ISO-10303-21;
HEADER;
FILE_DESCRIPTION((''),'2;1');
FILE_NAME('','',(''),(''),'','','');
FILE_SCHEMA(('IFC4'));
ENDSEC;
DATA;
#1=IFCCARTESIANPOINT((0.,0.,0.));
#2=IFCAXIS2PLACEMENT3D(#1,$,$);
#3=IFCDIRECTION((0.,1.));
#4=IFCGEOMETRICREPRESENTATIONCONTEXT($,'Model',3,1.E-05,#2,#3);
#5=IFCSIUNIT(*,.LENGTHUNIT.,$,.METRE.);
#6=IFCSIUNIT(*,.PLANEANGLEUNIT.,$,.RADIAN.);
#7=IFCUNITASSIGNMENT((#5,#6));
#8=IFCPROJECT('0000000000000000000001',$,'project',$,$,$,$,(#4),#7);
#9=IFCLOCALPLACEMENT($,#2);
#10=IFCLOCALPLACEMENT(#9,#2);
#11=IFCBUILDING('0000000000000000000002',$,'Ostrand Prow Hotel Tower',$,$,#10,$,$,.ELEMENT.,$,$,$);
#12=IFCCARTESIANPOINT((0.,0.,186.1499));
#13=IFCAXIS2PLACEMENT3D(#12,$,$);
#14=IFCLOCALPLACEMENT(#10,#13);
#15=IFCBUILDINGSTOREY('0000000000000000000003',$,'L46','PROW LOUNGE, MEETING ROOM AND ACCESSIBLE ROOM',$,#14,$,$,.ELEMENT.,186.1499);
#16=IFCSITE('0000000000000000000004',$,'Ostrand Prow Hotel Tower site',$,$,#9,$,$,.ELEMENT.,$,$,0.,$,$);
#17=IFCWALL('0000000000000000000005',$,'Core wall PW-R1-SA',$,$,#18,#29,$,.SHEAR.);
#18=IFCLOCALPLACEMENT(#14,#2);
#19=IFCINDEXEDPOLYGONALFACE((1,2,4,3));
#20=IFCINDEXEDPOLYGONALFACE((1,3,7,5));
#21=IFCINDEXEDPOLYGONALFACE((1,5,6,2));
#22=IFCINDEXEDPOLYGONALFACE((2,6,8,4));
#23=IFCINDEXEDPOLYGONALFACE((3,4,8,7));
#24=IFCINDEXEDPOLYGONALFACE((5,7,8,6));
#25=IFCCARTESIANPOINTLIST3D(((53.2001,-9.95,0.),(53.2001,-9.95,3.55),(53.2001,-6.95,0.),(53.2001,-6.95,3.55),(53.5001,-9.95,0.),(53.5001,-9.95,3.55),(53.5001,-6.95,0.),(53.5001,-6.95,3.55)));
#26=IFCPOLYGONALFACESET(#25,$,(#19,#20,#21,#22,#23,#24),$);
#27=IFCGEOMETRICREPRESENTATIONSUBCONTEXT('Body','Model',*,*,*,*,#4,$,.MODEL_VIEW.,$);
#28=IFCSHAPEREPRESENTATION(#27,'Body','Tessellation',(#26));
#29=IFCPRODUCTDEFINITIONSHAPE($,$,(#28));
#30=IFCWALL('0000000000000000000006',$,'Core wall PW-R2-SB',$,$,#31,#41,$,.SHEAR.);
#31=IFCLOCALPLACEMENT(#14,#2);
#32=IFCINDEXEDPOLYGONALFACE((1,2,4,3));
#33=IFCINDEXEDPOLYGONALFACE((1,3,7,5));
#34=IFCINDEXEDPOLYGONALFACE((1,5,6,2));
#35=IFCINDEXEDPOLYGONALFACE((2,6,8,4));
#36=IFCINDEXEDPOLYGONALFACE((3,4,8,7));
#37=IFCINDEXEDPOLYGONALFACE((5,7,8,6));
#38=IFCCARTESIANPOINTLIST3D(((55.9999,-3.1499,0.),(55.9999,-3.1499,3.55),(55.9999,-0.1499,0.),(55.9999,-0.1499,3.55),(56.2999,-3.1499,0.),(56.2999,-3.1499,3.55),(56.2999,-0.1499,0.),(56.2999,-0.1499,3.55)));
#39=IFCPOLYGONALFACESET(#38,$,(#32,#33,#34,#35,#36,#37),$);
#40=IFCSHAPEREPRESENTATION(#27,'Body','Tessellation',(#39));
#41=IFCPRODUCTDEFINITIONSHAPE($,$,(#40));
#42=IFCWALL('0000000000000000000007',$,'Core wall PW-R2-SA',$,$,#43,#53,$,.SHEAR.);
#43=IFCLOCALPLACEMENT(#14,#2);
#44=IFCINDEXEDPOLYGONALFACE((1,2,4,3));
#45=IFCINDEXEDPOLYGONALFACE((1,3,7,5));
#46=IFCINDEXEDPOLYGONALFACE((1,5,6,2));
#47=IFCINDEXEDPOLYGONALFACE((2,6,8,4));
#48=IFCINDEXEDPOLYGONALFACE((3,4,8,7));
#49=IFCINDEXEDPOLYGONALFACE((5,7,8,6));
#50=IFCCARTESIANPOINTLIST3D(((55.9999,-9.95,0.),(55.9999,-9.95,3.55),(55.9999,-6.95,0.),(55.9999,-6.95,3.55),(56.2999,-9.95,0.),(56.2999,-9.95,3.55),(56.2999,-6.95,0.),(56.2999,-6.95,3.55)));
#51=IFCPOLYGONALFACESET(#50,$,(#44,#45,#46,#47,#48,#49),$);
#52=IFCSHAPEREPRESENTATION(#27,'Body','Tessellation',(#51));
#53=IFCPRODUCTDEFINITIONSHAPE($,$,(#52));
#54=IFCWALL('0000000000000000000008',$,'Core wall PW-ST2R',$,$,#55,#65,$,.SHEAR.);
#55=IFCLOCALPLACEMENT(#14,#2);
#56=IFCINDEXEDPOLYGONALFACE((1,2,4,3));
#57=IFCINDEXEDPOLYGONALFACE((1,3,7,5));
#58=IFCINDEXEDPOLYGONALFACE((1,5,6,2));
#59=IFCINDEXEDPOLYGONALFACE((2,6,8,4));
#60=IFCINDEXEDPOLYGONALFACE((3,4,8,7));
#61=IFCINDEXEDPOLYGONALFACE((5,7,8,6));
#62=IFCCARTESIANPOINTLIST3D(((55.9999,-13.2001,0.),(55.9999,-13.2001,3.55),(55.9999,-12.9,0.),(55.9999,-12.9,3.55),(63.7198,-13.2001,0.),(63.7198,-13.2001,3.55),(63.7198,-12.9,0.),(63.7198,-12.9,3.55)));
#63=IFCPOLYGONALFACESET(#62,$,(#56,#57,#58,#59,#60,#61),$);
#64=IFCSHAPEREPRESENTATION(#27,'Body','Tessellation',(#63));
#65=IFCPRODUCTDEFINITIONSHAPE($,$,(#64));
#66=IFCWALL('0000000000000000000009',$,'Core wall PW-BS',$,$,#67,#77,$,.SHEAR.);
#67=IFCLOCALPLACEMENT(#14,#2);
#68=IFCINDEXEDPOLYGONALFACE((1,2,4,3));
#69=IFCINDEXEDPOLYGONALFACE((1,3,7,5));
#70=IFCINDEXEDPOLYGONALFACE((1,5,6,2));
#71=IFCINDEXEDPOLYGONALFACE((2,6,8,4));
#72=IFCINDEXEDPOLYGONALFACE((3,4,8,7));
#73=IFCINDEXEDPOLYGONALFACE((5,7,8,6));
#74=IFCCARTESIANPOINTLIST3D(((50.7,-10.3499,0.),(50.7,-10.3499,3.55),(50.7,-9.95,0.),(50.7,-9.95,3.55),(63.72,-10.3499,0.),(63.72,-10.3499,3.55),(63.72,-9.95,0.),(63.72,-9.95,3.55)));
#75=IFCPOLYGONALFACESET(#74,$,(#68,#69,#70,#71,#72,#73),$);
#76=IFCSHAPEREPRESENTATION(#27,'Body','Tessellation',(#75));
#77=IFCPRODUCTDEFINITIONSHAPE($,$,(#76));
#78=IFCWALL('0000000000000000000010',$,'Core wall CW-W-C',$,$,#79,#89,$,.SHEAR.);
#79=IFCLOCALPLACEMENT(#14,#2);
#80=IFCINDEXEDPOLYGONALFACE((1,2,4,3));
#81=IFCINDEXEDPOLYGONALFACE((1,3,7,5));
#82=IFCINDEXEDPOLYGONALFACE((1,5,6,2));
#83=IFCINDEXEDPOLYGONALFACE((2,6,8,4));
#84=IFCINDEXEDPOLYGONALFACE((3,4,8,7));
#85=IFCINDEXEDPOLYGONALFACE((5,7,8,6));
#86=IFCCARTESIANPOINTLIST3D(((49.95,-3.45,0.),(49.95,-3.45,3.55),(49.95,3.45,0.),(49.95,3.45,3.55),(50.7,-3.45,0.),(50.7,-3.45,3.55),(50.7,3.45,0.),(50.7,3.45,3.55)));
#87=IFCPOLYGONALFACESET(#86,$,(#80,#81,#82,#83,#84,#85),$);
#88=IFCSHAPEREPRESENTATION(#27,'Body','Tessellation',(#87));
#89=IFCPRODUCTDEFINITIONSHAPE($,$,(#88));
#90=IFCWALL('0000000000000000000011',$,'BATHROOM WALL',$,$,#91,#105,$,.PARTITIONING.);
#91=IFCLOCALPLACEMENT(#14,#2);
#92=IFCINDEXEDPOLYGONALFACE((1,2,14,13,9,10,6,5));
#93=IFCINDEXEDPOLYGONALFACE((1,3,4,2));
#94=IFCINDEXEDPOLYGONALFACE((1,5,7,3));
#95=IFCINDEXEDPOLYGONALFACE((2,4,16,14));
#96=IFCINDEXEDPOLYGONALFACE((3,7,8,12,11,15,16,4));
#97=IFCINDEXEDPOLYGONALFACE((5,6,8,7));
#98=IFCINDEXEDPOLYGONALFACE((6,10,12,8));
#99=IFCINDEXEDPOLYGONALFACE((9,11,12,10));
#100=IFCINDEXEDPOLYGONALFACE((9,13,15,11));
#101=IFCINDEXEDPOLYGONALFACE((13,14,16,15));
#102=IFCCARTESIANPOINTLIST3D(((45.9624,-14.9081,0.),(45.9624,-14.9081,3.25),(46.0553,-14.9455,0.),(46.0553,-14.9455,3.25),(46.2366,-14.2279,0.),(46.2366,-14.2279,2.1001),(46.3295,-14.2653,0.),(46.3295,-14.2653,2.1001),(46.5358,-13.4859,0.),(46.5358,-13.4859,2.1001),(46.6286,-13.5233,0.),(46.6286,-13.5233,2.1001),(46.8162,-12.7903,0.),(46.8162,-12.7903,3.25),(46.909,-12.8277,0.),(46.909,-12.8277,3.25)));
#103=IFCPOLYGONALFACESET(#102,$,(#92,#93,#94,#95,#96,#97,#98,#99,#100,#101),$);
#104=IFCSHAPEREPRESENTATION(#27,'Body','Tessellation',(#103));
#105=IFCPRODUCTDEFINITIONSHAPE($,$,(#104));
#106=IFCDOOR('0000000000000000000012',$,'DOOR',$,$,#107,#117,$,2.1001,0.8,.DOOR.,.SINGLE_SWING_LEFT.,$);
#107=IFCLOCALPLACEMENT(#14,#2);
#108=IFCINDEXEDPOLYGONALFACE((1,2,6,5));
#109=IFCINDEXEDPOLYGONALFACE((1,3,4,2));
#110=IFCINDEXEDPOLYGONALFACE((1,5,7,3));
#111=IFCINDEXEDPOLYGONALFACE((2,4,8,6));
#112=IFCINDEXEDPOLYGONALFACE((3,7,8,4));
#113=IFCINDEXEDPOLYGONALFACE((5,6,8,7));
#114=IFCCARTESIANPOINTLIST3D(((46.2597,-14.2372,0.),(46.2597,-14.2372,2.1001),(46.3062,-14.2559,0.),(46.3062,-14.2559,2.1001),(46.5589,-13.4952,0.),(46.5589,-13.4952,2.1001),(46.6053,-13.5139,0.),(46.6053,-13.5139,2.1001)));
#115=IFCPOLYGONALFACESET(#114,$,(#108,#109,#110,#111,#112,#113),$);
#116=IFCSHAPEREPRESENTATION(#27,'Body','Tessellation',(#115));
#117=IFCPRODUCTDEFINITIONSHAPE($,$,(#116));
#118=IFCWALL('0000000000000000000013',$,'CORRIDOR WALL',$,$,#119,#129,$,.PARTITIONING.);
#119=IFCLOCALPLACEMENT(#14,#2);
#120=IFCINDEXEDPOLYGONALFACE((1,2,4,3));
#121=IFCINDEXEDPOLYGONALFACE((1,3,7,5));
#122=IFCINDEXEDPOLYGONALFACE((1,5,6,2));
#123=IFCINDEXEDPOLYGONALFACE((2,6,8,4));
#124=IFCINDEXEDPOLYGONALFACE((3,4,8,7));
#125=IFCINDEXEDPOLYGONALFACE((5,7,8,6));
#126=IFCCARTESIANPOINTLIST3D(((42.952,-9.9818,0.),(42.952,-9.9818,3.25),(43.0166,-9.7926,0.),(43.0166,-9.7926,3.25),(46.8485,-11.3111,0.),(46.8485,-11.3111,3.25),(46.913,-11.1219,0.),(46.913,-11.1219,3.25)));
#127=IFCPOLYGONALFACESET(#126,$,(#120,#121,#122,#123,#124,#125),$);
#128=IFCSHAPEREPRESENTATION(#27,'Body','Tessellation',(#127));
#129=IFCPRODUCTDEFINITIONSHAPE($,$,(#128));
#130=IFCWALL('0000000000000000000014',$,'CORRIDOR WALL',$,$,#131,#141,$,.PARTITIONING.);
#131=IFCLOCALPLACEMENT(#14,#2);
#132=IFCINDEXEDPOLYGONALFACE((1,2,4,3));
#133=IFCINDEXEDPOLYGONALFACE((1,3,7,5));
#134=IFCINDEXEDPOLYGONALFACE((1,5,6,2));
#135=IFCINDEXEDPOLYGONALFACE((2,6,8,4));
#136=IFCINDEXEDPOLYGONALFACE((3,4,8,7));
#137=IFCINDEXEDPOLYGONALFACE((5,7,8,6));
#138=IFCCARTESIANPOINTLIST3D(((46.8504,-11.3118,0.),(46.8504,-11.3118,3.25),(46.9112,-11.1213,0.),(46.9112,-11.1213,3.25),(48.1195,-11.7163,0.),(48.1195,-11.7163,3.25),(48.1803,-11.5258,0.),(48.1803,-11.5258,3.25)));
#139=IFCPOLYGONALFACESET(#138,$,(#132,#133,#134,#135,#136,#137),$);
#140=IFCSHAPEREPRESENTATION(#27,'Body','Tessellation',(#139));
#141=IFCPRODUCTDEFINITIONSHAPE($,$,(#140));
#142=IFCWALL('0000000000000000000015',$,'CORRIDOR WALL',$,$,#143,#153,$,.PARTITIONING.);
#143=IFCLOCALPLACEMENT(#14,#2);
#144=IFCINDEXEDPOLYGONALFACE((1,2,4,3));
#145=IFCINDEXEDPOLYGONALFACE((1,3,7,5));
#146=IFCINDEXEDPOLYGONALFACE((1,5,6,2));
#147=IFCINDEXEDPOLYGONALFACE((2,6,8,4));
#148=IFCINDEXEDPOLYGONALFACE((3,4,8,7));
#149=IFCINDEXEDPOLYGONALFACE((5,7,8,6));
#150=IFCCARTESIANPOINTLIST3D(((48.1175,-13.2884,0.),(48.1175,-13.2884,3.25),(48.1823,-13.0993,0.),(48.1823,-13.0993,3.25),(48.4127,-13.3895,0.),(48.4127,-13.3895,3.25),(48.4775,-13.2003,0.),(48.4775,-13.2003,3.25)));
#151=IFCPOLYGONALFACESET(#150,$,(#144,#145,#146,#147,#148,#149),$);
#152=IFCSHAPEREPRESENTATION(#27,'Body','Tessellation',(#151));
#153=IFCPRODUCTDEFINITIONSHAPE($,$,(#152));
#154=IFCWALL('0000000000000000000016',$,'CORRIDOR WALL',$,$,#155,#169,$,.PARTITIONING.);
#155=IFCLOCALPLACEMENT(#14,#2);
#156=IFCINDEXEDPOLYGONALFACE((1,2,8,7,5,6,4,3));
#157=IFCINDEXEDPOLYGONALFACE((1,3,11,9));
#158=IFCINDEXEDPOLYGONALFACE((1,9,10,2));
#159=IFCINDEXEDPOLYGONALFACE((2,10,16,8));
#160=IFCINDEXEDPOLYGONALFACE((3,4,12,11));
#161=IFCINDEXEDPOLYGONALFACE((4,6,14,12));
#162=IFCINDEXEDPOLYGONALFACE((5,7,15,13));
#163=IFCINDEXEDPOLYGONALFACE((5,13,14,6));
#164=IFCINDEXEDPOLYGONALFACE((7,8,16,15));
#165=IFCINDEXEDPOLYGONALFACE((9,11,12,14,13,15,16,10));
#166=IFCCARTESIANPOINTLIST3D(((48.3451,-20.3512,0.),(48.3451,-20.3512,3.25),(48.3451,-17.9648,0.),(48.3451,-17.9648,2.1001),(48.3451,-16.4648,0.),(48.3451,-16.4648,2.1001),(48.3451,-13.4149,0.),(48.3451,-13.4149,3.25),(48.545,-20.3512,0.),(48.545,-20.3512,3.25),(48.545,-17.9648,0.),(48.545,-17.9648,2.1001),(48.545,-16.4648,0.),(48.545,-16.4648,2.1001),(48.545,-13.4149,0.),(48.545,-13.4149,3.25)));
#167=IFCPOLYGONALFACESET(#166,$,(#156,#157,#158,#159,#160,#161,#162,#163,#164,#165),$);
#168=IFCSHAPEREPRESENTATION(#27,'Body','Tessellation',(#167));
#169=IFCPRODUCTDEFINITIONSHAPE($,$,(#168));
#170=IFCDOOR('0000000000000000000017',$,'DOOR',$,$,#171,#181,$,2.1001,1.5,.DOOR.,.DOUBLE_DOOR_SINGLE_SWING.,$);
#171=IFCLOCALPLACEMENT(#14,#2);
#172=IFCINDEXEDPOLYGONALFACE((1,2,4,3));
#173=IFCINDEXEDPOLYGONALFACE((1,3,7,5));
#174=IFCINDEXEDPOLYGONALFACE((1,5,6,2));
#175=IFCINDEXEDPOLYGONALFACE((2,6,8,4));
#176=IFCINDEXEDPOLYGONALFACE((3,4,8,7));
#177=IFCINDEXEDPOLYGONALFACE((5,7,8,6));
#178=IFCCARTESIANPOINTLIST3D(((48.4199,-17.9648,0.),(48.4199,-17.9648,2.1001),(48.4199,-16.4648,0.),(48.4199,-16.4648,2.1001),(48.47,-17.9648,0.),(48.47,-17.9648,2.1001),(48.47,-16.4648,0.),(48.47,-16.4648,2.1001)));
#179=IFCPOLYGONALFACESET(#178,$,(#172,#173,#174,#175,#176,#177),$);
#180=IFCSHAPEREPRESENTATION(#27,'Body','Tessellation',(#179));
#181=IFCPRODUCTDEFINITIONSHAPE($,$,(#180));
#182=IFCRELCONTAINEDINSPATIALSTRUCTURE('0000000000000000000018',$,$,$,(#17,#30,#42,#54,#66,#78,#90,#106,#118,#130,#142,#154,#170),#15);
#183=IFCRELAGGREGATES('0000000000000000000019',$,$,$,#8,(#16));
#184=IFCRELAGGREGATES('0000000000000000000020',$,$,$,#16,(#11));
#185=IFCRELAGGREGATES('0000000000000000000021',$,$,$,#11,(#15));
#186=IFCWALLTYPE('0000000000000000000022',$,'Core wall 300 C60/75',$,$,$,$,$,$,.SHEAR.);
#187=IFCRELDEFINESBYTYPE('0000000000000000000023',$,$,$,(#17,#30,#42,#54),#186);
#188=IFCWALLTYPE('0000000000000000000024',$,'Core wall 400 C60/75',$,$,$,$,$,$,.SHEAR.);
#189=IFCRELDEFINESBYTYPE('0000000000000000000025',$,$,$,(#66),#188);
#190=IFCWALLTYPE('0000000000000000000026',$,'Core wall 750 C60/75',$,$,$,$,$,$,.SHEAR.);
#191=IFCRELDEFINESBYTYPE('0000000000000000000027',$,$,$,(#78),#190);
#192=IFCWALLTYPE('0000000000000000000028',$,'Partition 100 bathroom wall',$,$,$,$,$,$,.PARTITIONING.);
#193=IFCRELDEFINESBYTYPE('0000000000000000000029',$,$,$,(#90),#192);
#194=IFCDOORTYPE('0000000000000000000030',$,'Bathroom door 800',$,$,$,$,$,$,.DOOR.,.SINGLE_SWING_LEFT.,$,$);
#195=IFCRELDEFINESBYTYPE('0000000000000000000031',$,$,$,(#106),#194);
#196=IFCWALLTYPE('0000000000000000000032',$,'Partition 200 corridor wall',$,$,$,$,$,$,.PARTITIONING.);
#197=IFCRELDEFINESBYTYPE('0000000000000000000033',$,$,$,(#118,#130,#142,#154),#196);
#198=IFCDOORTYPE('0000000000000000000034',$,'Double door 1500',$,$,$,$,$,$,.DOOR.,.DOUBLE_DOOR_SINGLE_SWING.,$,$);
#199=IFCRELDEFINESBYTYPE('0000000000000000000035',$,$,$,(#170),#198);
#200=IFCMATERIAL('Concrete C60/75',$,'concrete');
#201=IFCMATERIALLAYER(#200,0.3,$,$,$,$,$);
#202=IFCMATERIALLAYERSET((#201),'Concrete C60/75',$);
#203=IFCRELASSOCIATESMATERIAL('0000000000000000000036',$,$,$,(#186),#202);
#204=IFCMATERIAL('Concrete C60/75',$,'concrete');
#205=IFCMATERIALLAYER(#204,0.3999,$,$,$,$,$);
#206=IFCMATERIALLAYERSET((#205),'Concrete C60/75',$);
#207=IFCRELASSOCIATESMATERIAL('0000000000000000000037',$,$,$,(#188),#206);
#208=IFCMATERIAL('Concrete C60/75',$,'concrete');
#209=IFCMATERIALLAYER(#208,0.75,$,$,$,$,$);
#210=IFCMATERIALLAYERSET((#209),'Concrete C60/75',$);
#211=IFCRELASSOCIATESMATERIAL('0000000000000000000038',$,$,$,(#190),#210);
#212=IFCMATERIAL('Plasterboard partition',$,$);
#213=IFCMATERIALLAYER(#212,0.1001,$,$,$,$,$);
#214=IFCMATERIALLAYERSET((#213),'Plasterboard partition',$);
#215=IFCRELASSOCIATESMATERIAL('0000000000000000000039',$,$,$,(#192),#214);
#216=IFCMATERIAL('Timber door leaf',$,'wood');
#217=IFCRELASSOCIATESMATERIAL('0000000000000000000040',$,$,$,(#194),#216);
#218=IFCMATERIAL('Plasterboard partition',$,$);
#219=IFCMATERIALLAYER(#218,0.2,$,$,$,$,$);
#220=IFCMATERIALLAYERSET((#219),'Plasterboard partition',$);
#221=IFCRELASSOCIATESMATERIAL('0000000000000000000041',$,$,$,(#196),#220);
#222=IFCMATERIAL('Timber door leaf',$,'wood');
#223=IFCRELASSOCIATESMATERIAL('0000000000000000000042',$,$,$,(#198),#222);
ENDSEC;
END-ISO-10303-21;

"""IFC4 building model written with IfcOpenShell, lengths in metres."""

from ifc_helpers import new_model, si_unit, direction, frame, frame_2d, origin, place, context, subcontext, project, spatial, rectangle, extrude, material, layer, layer_set, type_object, element, fill, save


model = new_model("IFC4")

# Units and contexts
model_context = context("Model", 3, precision=1e-05, world=origin(), true_north=direction((0.0, 1.0)))
body_context = subcontext(model_context, "Body", "Model", "MODEL_VIEW")
ifc_project = project(units=[si_unit("LENGTHUNIT", "METRE"), si_unit("PLANEANGLEUNIT", "RADIAN")], contexts=[model_context])

# Site, building, storey
site_placement = place(None, origin())
site = spatial("IfcSite", under=ifc_project, at=site_placement, Name="Ostrand Prow Hotel Tower site", CompositionType="ELEMENT", RefElevation=0.0)
building_placement = place(site_placement, origin())
building = spatial("IfcBuilding", under=site, at=building_placement, Name="Ostrand Prow Hotel Tower", CompositionType="ELEMENT")
storey_placement = place(building_placement, frame((0.0, 0.0, 186.1499)))
storey = spatial("IfcBuildingStorey", under=building, at=storey_placement, Name="L46", Description="PROW LOUNGE, MEETING ROOM AND ACCESSIBLE ROOM", CompositionType="ELEMENT", Elevation=186.1499)

# Shared definitions
ifc_material_1 = material(Name="Concrete C60/75", Category="concrete")
ifc_layer_1 = layer(ifc_material_1, 0.3)
ifc_layer_set_1 = layer_set([ifc_layer_1], Name="Concrete C60/75")
wall_type_1 = type_object("IfcWallType", Name="Core wall 300 C60/75", PredefinedType="SHEAR", material=ifc_layer_set_1)

# Walls
for number, where, z_axis, x_axis, name in (
    (1, (53.3501, -9.95, 0.0), (0.0, 0.0, 1.0), (0.0, 1.0, 0.0), "Core wall PW-R1-SA"),
    (2, (56.1499, -3.1499, 0.0), (0.0, 0.0, 1.0), (0.0, 1.0, 0.0), "Core wall PW-R2-SB"),
    (3, (56.1499, -9.95, 0.0), (0.0, 0.0, 1.0), (0.0, 1.0, 0.0), "Core wall PW-R2-SA"),
):
    element("IfcWall", number, at=place(storey_placement, frame(where, z_axis=z_axis, x_axis=x_axis)), inside=storey, type_object=wall_type_1, Name=name, PredefinedType="SHEAR", context=body_context, shape_type="SweptSolid", body=[
        extrude(rectangle(XDim=3.0, YDim=0.3, at=frame_2d((1.5, 0.0))), origin(), (0.0, 0.0, 1.0), 3.55),
    ])
wall_1_placement = place(storey_placement, frame((56.0, -13.05, 0.0), z_axis=(0.0, 0.0, 1.0), x_axis=(1.0, 0.0, 0.0)))
element("IfcWall", 4, at=wall_1_placement, inside=storey, type_object=wall_type_1, Name="Core wall PW-ST2R", PredefinedType="SHEAR", context=body_context, shape_type="SweptSolid", body=[
    extrude(rectangle(XDim=7.72, YDim=0.3, at=frame_2d((3.8599, 0.0))), origin(), (0.0, 0.0, 1.0), 3.55),
])
ifc_material_2 = material(Name="Concrete C60/75", Category="concrete")
ifc_layer_2 = layer(ifc_material_2, 0.3999)
ifc_layer_set_2 = layer_set([ifc_layer_2], Name="Concrete C60/75")
wall_type_2 = type_object("IfcWallType", Name="Core wall 400 C60/75", PredefinedType="SHEAR", material=ifc_layer_set_2)
wall_2_placement = place(storey_placement, frame((50.7, -10.1499, 0.0), z_axis=(0.0, 0.0, 1.0), x_axis=(1.0, 0.0, 0.0)))
element("IfcWall", 5, at=wall_2_placement, inside=storey, type_object=wall_type_2, Name="Core wall PW-BS", PredefinedType="SHEAR", context=body_context, shape_type="SweptSolid", body=[
    extrude(rectangle(XDim=13.02, YDim=0.3999, at=frame_2d((6.51, 0.0))), origin(), (0.0, 0.0, 1.0), 3.55),
])
ifc_material_3 = material(Name="Concrete C60/75", Category="concrete")
ifc_layer_3 = layer(ifc_material_3, 0.75)
ifc_layer_set_3 = layer_set([ifc_layer_3], Name="Concrete C60/75")
wall_type_3 = type_object("IfcWallType", Name="Core wall 750 C60/75", PredefinedType="SHEAR", material=ifc_layer_set_3)
wall_3_placement = place(storey_placement, frame((50.325, -3.45, 0.0), z_axis=(0.0, 0.0, 1.0), x_axis=(0.0, 1.0, 0.0)))
element("IfcWall", 6, at=wall_3_placement, inside=storey, type_object=wall_type_3, Name="Core wall CW-W-C", PredefinedType="SHEAR", context=body_context, shape_type="SweptSolid", body=[
    extrude(rectangle(XDim=6.8999, YDim=0.75, at=frame_2d((3.45, 0.0))), origin(), (0.0, 0.0, 1.0), 3.55),
])

# Wall, opening, door
ifc_material_4 = material(Name="Plasterboard partition")
ifc_layer_4 = layer(ifc_material_4, 0.1001)
ifc_layer_set_4 = layer_set([ifc_layer_4], Name="Plasterboard partition")
wall_type_4 = type_object("IfcWallType", Name="Partition 100 bathroom wall", PredefinedType="PARTITIONING", material=ifc_layer_set_4)
wall_4_placement = place(storey_placement, frame((46.8625, -12.8091, 0.0), z_axis=(0.0, 0.0, 1.0), x_axis=(-0.373878, -0.927478, 0.0)))
wall_4 = element("IfcWall", 7, at=wall_4_placement, inside=storey, type_object=wall_type_4, Name="BATHROOM WALL", PredefinedType="PARTITIONING", context=body_context, shape_type="SweptSolid", body=[
    extrude(rectangle(XDim=2.2834, YDim=0.1001, at=frame_2d((1.1416, 0.0))), origin(), (0.0, 0.0, 1.0), 3.25),
])
opening_1_placement = place(wall_4_placement, frame((0.75, 0.0, 0.0)))
opening_1 = element("IfcOpeningElement", 8, at=opening_1_placement, cuts=wall_4, PredefinedType="OPENING", context=body_context, shape_type="SweptSolid", body=[
    extrude(rectangle(XDim=0.8, YDim=2.1001, at=frame_2d((0.3999, 1.05))), frame((0.0, 0.0601, 0.0), z_axis=(0.0, -1.0, 0.0), x_axis=(1.0, 0.0, 0.0)), (0.0, 0.0, 1.0), 0.1201),
])
ifc_material_5 = material(Name="Timber door leaf", Category="wood")
door_type_1 = type_object("IfcDoorType", Name="Bathroom door 800", OperationType="SINGLE_SWING_LEFT", PredefinedType="DOOR", material=ifc_material_5)
door_1_placement = place(opening_1_placement, origin())
door_1 = element("IfcDoor", 9, at=door_1_placement, inside=storey, type_object=door_type_1, Name="DOOR", OperationType="SINGLE_SWING_LEFT", OverallHeight=2.1001, OverallWidth=0.8, PredefinedType="DOOR", context=body_context, shape_type="SweptSolid", body=[
    extrude(rectangle(XDim=0.8, YDim=2.1001, at=frame_2d((0.3999, 1.05))), frame((0.0, 0.0249, 0.0), z_axis=(0.0, -1.0, 0.0), x_axis=(1.0, 0.0, 0.0)), (0.0, 0.0, 1.0), 0.05),
])
fill(opening_1, door_1)

# Walls
ifc_material_6 = material(Name="Plasterboard partition")
ifc_layer_5 = layer(ifc_material_6, 0.2)
ifc_layer_set_5 = layer_set([ifc_layer_5], Name="Plasterboard partition")
wall_type_5 = type_object("IfcWallType", Name="Partition 200 corridor wall", PredefinedType="PARTITIONING", material=ifc_layer_set_5)
wall_5_placement = place(storey_placement, frame((46.8809, -11.2166, 0.0), z_axis=(0.0, 0.0, 1.0), x_axis=(-0.946436, 0.322891, 0.0)))
element("IfcWall", 10, at=wall_5_placement, inside=storey, type_object=wall_type_5, Name="CORRIDOR WALL", PredefinedType="PARTITIONING", context=body_context, shape_type="SweptSolid", body=[
    extrude(rectangle(XDim=4.1169, YDim=0.2, at=frame_2d((2.0586, 0.0))), origin(), (0.0, 0.0, 1.0), 3.25),
])
wall_6_placement = place(storey_placement, frame((48.1499, -11.6211, 0.0), z_axis=(0.0, 0.0, 1.0), x_axis=(-0.952762, 0.303718, 0.0)))
element("IfcWall", 11, at=wall_6_placement, inside=storey, type_object=wall_type_5, Name="CORRIDOR WALL", PredefinedType="PARTITIONING", context=body_context, shape_type="SweptSolid", body=[
    extrude(rectangle(XDim=1.332, YDim=0.2, at=frame_2d((0.666, 0.0))), origin(), (0.0, 0.0, 1.0), 3.25),
])
wall_7_placement = place(storey_placement, frame((48.1499, -13.1938, 0.0), z_axis=(0.0, 0.0, 1.0), x_axis=(0.946069, -0.323964, 0.0)))
element("IfcWall", 12, at=wall_7_placement, inside=storey, type_object=wall_type_5, Name="CORRIDOR WALL", PredefinedType="PARTITIONING", context=body_context, shape_type="SweptSolid", body=[
    extrude(rectangle(XDim=0.312, YDim=0.2, at=frame_2d((0.156, 0.0))), origin(), (0.0, 0.0, 1.0), 3.25),
])

# Wall, opening, door
wall_8_placement = place(storey_placement, frame((48.4451, -13.4148, 0.0), z_axis=(0.0, 0.0, 1.0), x_axis=(0.0, -1.0, 0.0)))
wall_8 = element("IfcWall", 13, at=wall_8_placement, inside=storey, type_object=wall_type_5, Name="CORRIDOR WALL", PredefinedType="PARTITIONING", context=body_context, shape_type="SweptSolid", body=[
    extrude(rectangle(XDim=6.9363, YDim=0.2, at=frame_2d((3.4683, 0.0))), origin(), (0.0, 0.0, 1.0), 3.25),
])
opening_2_placement = place(wall_8_placement, frame((3.05, 0.0, 0.0)))
opening_2 = element("IfcOpeningElement", 14, at=opening_2_placement, cuts=wall_8, PredefinedType="OPENING", context=body_context, shape_type="SweptSolid", body=[
    extrude(rectangle(XDim=1.5, YDim=2.1001, at=frame_2d((0.75, 1.05))), frame((0.0, 0.1099, 0.0), z_axis=(0.0, -1.0, 0.0), x_axis=(1.0, 0.0, 0.0)), (0.0, 0.0, 1.0), 0.22),
])
ifc_material_7 = material(Name="Timber door leaf", Category="wood")
door_type_2 = type_object("IfcDoorType", Name="Double door 1500", OperationType="DOUBLE_DOOR_SINGLE_SWING", PredefinedType="DOOR", material=ifc_material_7)
door_2_placement = place(opening_2_placement, origin())
door_2 = element("IfcDoor", 15, at=door_2_placement, inside=storey, type_object=door_type_2, Name="DOOR", OperationType="DOUBLE_DOOR_SINGLE_SWING", OverallHeight=2.1001, OverallWidth=1.5, PredefinedType="DOOR", context=body_context, shape_type="SweptSolid", body=[
    extrude(rectangle(XDim=1.5, YDim=2.1001, at=frame_2d((0.75, 1.05))), frame((0.0, 0.0249, 0.0), z_axis=(0.0, -1.0, 0.0), x_axis=(1.0, 0.0, 0.0)), (0.0, 0.0, 1.0), 0.05),
])
fill(opening_2, door_2)

save(model, "model.ifc")
